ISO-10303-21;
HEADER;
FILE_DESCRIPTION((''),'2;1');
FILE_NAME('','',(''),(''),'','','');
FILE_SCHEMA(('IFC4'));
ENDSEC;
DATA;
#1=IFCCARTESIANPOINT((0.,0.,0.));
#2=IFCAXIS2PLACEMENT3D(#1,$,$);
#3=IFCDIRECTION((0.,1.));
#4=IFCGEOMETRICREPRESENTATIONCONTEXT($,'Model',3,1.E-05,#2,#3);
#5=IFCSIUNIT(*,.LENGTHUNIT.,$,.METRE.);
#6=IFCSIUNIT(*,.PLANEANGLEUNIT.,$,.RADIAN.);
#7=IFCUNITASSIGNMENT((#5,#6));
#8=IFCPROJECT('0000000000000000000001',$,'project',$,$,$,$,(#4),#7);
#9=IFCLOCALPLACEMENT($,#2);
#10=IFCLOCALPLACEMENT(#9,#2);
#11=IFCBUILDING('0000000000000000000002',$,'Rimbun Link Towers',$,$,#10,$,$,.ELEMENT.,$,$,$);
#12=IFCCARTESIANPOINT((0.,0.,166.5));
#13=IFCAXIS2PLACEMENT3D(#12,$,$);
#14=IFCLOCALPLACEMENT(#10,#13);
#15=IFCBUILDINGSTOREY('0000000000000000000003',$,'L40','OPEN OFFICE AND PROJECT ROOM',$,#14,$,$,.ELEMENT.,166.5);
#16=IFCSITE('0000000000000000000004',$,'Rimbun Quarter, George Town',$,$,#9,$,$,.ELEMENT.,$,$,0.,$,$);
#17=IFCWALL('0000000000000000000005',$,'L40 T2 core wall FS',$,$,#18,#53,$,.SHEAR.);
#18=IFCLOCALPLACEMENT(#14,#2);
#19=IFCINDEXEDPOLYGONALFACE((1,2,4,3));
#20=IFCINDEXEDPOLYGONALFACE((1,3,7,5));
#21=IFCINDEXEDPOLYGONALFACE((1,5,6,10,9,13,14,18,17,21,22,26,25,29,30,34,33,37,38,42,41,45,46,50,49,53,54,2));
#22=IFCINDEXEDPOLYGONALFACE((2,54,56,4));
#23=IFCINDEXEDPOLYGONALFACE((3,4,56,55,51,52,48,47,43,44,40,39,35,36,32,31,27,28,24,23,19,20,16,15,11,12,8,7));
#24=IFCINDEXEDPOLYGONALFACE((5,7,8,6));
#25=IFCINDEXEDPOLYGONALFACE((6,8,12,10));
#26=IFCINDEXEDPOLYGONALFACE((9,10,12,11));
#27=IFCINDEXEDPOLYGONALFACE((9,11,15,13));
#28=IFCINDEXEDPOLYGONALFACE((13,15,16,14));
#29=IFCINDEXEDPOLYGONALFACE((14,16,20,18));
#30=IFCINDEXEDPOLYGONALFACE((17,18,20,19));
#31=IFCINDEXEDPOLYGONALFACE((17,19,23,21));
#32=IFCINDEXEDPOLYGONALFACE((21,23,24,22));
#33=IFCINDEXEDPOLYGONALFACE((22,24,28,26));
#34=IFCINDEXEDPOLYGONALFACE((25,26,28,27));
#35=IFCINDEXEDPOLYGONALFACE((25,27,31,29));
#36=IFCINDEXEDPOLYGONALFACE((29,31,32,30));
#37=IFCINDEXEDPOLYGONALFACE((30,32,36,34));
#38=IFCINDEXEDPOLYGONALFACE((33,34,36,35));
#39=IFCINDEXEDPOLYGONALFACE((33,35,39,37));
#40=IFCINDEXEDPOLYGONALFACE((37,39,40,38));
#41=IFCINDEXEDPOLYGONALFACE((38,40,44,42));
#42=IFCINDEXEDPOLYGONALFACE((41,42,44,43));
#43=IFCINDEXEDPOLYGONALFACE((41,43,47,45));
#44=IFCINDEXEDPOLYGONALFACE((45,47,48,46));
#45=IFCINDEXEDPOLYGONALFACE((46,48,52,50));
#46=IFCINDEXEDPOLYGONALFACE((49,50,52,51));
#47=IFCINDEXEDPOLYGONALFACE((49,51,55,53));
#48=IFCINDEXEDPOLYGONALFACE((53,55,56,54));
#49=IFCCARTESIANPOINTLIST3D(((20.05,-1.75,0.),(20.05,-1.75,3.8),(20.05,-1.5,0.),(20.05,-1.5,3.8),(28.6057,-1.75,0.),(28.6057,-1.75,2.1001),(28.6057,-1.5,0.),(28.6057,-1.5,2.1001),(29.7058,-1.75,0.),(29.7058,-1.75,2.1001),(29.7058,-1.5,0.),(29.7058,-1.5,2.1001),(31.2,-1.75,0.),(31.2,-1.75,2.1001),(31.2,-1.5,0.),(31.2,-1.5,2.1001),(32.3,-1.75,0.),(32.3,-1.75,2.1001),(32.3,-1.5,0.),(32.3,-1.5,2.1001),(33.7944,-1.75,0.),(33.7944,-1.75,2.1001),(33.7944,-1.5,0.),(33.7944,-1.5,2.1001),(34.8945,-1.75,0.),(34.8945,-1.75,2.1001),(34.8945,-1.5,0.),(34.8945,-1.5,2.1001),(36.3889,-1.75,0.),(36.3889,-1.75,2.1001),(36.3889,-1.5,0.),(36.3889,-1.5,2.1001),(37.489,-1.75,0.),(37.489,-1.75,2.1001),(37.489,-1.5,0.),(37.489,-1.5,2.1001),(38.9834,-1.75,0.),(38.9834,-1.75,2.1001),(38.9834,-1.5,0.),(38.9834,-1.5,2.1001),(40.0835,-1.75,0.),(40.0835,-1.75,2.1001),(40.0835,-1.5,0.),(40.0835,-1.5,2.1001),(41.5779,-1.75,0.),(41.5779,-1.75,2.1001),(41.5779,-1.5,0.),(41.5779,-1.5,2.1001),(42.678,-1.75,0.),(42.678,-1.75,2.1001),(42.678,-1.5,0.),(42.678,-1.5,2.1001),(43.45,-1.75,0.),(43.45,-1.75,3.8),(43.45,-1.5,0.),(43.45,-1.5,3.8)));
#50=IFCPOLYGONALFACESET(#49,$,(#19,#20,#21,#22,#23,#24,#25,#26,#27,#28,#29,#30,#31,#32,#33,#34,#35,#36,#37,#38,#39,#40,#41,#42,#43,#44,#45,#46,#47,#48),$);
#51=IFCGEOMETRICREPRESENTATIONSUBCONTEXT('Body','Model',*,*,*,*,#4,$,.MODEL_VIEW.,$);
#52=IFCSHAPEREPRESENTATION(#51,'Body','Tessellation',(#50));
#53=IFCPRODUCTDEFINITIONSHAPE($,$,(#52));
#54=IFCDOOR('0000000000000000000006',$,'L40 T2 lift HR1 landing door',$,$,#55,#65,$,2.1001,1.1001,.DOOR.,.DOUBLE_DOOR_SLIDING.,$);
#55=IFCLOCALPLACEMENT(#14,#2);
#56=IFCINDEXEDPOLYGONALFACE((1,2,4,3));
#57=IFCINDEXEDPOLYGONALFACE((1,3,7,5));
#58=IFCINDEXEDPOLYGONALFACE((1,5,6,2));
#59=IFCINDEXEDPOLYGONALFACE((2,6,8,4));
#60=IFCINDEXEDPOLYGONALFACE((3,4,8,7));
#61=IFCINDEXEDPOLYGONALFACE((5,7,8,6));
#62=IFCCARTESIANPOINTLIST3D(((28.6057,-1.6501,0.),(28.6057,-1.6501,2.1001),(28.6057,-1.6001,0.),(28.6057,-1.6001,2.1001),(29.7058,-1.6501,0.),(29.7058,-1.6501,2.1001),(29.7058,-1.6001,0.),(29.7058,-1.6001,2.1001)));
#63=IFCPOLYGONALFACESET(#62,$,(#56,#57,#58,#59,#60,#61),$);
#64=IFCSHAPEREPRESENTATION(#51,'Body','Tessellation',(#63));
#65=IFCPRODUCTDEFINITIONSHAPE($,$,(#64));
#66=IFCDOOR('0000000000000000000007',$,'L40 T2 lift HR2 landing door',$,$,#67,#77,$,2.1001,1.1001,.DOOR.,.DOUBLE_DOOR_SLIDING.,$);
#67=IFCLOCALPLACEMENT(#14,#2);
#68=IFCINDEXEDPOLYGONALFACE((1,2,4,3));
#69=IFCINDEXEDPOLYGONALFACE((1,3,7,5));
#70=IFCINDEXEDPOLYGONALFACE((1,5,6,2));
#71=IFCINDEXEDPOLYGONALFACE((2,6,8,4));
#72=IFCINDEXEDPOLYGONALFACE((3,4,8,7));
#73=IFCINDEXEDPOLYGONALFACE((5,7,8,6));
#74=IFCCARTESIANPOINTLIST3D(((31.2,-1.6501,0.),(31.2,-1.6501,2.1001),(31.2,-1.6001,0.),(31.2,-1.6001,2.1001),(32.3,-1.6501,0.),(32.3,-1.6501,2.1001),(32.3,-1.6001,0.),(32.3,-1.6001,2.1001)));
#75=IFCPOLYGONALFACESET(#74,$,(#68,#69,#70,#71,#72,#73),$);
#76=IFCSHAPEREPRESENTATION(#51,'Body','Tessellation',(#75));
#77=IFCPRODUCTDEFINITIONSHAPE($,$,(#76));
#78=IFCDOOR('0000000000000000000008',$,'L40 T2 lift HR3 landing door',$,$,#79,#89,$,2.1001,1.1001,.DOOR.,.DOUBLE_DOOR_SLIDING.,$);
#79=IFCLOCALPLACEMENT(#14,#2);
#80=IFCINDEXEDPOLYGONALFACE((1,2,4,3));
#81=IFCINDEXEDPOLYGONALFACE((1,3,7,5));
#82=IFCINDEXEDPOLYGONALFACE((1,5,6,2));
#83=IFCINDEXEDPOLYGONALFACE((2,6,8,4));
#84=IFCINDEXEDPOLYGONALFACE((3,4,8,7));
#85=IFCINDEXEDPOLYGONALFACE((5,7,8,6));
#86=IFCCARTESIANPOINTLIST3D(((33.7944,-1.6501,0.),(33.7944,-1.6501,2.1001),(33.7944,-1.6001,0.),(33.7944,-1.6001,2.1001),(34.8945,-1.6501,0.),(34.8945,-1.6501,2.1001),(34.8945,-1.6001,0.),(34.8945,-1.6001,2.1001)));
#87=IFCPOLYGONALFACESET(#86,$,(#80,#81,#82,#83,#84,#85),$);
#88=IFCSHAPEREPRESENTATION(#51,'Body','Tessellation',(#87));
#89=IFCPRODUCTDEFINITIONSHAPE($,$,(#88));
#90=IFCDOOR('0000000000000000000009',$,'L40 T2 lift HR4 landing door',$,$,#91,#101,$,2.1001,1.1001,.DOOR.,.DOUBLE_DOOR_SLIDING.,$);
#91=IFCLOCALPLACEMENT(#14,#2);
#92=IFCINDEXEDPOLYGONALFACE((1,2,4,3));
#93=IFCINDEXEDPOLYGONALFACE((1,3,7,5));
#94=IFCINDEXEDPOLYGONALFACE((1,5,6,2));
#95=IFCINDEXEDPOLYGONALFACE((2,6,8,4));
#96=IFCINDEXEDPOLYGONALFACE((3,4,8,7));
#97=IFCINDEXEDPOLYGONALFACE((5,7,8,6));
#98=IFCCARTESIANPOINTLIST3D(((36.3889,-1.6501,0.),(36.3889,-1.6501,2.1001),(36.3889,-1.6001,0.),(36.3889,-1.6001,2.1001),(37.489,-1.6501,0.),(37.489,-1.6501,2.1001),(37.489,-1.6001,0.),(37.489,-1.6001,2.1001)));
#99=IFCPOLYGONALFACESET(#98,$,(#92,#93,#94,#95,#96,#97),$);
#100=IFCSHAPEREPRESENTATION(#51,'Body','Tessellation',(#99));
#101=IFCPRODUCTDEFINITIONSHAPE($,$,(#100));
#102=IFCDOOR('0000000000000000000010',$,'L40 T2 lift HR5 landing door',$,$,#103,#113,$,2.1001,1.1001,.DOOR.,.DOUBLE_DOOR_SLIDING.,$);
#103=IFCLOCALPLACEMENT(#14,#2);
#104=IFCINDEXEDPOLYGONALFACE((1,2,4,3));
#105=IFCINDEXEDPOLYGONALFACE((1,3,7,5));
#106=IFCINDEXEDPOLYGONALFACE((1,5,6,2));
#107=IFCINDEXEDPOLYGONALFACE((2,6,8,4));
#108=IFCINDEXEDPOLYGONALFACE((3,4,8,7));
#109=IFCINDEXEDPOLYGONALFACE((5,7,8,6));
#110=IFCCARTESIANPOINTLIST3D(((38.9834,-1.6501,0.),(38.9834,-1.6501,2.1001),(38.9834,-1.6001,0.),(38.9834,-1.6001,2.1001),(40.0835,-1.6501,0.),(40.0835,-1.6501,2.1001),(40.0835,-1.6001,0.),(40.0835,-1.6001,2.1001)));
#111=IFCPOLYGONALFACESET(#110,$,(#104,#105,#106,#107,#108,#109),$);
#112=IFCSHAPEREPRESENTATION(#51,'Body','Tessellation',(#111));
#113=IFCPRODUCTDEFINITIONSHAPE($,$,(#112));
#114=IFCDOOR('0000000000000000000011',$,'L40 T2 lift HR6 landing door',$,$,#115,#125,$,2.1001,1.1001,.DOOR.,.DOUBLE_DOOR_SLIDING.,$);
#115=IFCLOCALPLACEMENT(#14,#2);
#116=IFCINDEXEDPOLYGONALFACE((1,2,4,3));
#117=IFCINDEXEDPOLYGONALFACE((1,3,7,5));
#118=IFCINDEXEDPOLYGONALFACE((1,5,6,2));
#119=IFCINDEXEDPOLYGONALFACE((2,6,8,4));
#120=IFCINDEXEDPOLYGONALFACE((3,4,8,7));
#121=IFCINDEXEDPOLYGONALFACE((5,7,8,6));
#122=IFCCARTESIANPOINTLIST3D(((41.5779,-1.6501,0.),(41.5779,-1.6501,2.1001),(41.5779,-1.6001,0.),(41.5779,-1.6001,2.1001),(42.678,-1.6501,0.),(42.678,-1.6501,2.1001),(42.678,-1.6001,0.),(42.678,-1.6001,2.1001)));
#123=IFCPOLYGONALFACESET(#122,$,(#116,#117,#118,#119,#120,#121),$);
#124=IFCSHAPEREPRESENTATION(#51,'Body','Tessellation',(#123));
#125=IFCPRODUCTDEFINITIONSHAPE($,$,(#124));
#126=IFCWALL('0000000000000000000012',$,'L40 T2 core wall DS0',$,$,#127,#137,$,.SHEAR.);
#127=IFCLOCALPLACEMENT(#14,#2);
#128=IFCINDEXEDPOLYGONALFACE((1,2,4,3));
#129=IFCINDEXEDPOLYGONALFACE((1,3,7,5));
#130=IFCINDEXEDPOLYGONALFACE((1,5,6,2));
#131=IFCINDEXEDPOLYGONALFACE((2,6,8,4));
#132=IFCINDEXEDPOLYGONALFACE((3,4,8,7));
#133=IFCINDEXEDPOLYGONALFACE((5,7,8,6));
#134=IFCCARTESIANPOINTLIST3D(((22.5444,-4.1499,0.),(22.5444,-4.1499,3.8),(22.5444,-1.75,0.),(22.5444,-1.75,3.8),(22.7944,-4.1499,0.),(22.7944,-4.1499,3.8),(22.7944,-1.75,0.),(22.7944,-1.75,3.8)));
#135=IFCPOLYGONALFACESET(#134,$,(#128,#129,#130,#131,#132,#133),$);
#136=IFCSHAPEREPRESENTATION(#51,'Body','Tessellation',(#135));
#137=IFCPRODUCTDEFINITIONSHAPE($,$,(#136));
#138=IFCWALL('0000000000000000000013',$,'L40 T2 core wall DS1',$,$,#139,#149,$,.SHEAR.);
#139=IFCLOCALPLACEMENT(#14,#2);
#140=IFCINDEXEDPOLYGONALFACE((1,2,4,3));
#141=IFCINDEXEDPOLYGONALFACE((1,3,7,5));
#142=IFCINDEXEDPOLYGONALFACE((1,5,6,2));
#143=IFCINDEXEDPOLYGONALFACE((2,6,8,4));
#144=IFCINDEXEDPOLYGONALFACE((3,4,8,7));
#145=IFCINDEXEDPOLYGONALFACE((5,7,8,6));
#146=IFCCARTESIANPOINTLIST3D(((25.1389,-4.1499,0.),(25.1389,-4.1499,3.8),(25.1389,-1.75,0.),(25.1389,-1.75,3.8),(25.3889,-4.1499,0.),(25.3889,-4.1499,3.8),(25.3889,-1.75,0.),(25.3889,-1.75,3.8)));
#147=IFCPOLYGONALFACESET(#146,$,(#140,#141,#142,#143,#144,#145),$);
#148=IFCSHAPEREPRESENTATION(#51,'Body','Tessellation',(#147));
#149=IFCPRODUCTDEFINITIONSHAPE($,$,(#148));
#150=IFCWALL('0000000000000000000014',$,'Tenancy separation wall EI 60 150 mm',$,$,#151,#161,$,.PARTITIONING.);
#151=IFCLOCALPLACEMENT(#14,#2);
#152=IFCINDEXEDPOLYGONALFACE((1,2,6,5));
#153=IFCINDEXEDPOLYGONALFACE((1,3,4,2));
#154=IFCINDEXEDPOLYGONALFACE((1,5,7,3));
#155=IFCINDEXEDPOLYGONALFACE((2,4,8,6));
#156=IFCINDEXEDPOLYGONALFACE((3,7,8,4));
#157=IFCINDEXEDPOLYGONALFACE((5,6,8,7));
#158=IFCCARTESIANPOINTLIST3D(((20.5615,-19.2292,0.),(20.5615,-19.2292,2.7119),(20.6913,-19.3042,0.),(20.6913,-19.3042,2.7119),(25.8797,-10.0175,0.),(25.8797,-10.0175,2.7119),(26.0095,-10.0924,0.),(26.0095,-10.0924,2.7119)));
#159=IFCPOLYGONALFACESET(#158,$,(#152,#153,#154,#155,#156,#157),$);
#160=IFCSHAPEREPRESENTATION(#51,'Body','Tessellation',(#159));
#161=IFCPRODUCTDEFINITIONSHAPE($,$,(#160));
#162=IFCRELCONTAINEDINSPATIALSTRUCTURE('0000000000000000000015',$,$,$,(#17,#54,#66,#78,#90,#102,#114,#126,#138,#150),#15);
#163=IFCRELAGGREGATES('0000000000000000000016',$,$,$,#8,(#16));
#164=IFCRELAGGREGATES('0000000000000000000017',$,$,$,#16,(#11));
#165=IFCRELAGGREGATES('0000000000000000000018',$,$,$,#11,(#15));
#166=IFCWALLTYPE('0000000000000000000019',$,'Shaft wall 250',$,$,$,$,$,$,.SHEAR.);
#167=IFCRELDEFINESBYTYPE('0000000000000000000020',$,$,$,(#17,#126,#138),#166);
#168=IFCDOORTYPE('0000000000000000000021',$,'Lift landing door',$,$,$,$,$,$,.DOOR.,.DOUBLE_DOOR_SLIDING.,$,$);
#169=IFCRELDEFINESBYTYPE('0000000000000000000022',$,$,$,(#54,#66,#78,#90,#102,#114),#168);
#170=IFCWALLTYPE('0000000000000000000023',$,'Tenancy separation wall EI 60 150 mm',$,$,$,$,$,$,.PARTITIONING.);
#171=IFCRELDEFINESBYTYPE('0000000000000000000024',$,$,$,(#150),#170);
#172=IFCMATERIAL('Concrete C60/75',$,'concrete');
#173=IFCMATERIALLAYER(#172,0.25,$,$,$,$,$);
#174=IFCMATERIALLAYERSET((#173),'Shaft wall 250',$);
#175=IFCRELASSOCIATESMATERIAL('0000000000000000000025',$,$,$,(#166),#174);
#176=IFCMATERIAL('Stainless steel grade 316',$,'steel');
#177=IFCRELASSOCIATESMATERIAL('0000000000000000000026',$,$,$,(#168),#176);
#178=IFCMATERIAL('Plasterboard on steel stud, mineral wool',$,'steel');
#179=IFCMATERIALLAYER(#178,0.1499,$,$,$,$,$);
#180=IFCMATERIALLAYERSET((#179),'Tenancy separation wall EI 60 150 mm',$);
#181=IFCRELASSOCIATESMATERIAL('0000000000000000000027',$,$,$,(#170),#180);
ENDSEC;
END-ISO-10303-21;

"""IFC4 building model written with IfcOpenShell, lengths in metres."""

from ifc_helpers import new_model, si_unit, direction, frame, frame_2d, origin, place, context, subcontext, project, spatial, rectangle, extrude, material, layer, layer_set, type_object, element, fill, save


model = new_model("IFC4")

# Units and contexts
model_context = context("Model", 3, precision=1e-05, world=origin(), true_north=direction((0.0, 1.0)))
body_context = subcontext(model_context, "Body", "Model", "MODEL_VIEW")
ifc_project = project(units=[si_unit("LENGTHUNIT", "METRE"), si_unit("PLANEANGLEUNIT", "RADIAN")], contexts=[model_context])

# Site, building, storey
site_placement = place(None, origin())
site = spatial("IfcSite", under=ifc_project, at=site_placement, Name="Rimbun Quarter, George Town", CompositionType="ELEMENT", RefElevation=0.0)
building_placement = place(site_placement, origin())
building = spatial("IfcBuilding", under=site, at=building_placement, Name="Rimbun Link Towers", CompositionType="ELEMENT")
storey_placement = place(building_placement, frame((0.0, 0.0, 166.5)))
storey = spatial("IfcBuildingStorey", under=building, at=storey_placement, Name="L40", Description="OPEN OFFICE AND PROJECT ROOM", CompositionType="ELEMENT", Elevation=166.5)

# Wall, openings, doors
ifc_material_1 = material(Name="Concrete C60/75", Category="concrete")
ifc_layer_1 = layer(ifc_material_1, 0.25)
ifc_layer_set_1 = layer_set([ifc_layer_1], Name="Shaft wall 250")
wall_type_1 = type_object("IfcWallType", Name="Shaft wall 250", PredefinedType="SHEAR", material=ifc_layer_set_1)
wall_1_placement = place(storey_placement, frame((20.05, -1.625, 0.0), z_axis=(0.0, 0.0, 1.0), x_axis=(1.0, 0.0, 0.0)))
wall_1 = element("IfcWall", 1, at=wall_1_placement, inside=storey, type_object=wall_type_1, Name="L40 T2 core wall FS", PredefinedType="SHEAR", context=body_context, shape_type="SweptSolid", body=[
    extrude(rectangle(XDim=23.3999, YDim=0.25, at=frame_2d((11.7, 0.0))), origin(), (0.0, 0.0, 1.0), 3.8),
])
opening_1_placement = place(wall_1_placement, frame((8.5557, 0.0, 0.0)))
opening_1 = element("IfcOpeningElement", 2, at=opening_1_placement, cuts=wall_1, PredefinedType="OPENING", context=body_context, shape_type="SweptSolid", body=[
    extrude(rectangle(XDim=1.1001, YDim=2.1001, at=frame_2d((0.55, 1.05))), frame((0.0, 0.135, 0.0), z_axis=(0.0, -1.0, 0.0), x_axis=(1.0, 0.0, 0.0)), (0.0, 0.0, 1.0), 0.27),
])
opening_2_placement = place(wall_1_placement, frame((11.1499, 0.0, 0.0)))
opening_2 = element("IfcOpeningElement", 3, at=opening_2_placement, cuts=wall_1, PredefinedType="OPENING", context=body_context, shape_type="SweptSolid", body=[
    extrude(rectangle(XDim=1.1001, YDim=2.1001, at=frame_2d((0.55, 1.05))), frame((0.0, 0.135, 0.0), z_axis=(0.0, -1.0, 0.0), x_axis=(1.0, 0.0, 0.0)), (0.0, 0.0, 1.0), 0.27),
])
opening_3_placement = place(wall_1_placement, frame((13.7444, 0.0, 0.0)))
opening_3 = element("IfcOpeningElement", 4, at=opening_3_placement, cuts=wall_1, PredefinedType="OPENING", context=body_context, shape_type="SweptSolid", body=[
    extrude(rectangle(XDim=1.1001, YDim=2.1001, at=frame_2d((0.55, 1.05))), frame((0.0, 0.135, 0.0), z_axis=(0.0, -1.0, 0.0), x_axis=(1.0, 0.0, 0.0)), (0.0, 0.0, 1.0), 0.27),
])
opening_4_placement = place(wall_1_placement, frame((16.3389, 0.0, 0.0)))
opening_4 = element("IfcOpeningElement", 5, at=opening_4_placement, cuts=wall_1, PredefinedType="OPENING", context=body_context, shape_type="SweptSolid", body=[
    extrude(rectangle(XDim=1.1001, YDim=2.1001, at=frame_2d((0.55, 1.05))), frame((0.0, 0.135, 0.0), z_axis=(0.0, -1.0, 0.0), x_axis=(1.0, 0.0, 0.0)), (0.0, 0.0, 1.0), 0.27),
])
opening_5_placement = place(wall_1_placement, frame((18.9333, 0.0, 0.0)))
opening_5 = element("IfcOpeningElement", 6, at=opening_5_placement, cuts=wall_1, PredefinedType="OPENING", context=body_context, shape_type="SweptSolid", body=[
    extrude(rectangle(XDim=1.1001, YDim=2.1001, at=frame_2d((0.55, 1.05))), frame((0.0, 0.135, 0.0), z_axis=(0.0, -1.0, 0.0), x_axis=(1.0, 0.0, 0.0)), (0.0, 0.0, 1.0), 0.27),
])
opening_6_placement = place(wall_1_placement, frame((21.5278, 0.0, 0.0)))
opening_6 = element("IfcOpeningElement", 7, at=opening_6_placement, cuts=wall_1, PredefinedType="OPENING", context=body_context, shape_type="SweptSolid", body=[
    extrude(rectangle(XDim=1.1001, YDim=2.1001, at=frame_2d((0.55, 1.05))), frame((0.0, 0.135, 0.0), z_axis=(0.0, -1.0, 0.0), x_axis=(1.0, 0.0, 0.0)), (0.0, 0.0, 1.0), 0.27),
])
ifc_material_2 = material(Name="Stainless steel grade 316", Category="steel")
door_type = type_object("IfcDoorType", Name="Lift landing door", OperationType="DOUBLE_DOOR_SLIDING", PredefinedType="DOOR", material=ifc_material_2)
door_1_placement = place(opening_1_placement, origin())
door_1 = element("IfcDoor", 8, at=door_1_placement, inside=storey, type_object=door_type, Name="L40 T2 lift HR1 landing door", OperationType="DOUBLE_DOOR_SLIDING", OverallHeight=2.1001, OverallWidth=1.1001, PredefinedType="DOOR", context=body_context, shape_type="SweptSolid", body=[
    extrude(rectangle(XDim=1.1001, YDim=2.1001, at=frame_2d((0.55, 1.05))), frame((0.0, 0.0249, 0.0), z_axis=(0.0, -1.0, 0.0), x_axis=(1.0, 0.0, 0.0)), (0.0, 0.0, 1.0), 0.05),
])
fill(opening_1, door_1)
door_2_placement = place(opening_2_placement, origin())
door_2 = element("IfcDoor", 9, at=door_2_placement, inside=storey, type_object=door_type, Name="L40 T2 lift HR2 landing door", OperationType="DOUBLE_DOOR_SLIDING", OverallHeight=2.1001, OverallWidth=1.1001, PredefinedType="DOOR", context=body_context, shape_type="SweptSolid", body=[
    extrude(rectangle(XDim=1.1001, YDim=2.1001, at=frame_2d((0.55, 1.05))), frame((0.0, 0.0249, 0.0), z_axis=(0.0, -1.0, 0.0), x_axis=(1.0, 0.0, 0.0)), (0.0, 0.0, 1.0), 0.05),
])
fill(opening_2, door_2)
door_3_placement = place(opening_3_placement, origin())
door_3 = element("IfcDoor", 10, at=door_3_placement, inside=storey, type_object=door_type, Name="L40 T2 lift HR3 landing door", OperationType="DOUBLE_DOOR_SLIDING", OverallHeight=2.1001, OverallWidth=1.1001, PredefinedType="DOOR", context=body_context, shape_type="SweptSolid", body=[
    extrude(rectangle(XDim=1.1001, YDim=2.1001, at=frame_2d((0.55, 1.05))), frame((0.0, 0.0249, 0.0), z_axis=(0.0, -1.0, 0.0), x_axis=(1.0, 0.0, 0.0)), (0.0, 0.0, 1.0), 0.05),
])
fill(opening_3, door_3)
door_4_placement = place(opening_4_placement, origin())
door_4 = element("IfcDoor", 11, at=door_4_placement, inside=storey, type_object=door_type, Name="L40 T2 lift HR4 landing door", OperationType="DOUBLE_DOOR_SLIDING", OverallHeight=2.1001, OverallWidth=1.1001, PredefinedType="DOOR", context=body_context, shape_type="SweptSolid", body=[
    extrude(rectangle(XDim=1.1001, YDim=2.1001, at=frame_2d((0.55, 1.05))), frame((0.0, 0.0249, 0.0), z_axis=(0.0, -1.0, 0.0), x_axis=(1.0, 0.0, 0.0)), (0.0, 0.0, 1.0), 0.05),
])
fill(opening_4, door_4)
door_5_placement = place(opening_5_placement, origin())
door_5 = element("IfcDoor", 12, at=door_5_placement, inside=storey, type_object=door_type, Name="L40 T2 lift HR5 landing door", OperationType="DOUBLE_DOOR_SLIDING", OverallHeight=2.1001, OverallWidth=1.1001, PredefinedType="DOOR", context=body_context, shape_type="SweptSolid", body=[
    extrude(rectangle(XDim=1.1001, YDim=2.1001, at=frame_2d((0.55, 1.05))), frame((0.0, 0.0249, 0.0), z_axis=(0.0, -1.0, 0.0), x_axis=(1.0, 0.0, 0.0)), (0.0, 0.0, 1.0), 0.05),
])
fill(opening_5, door_5)
door_6_placement = place(opening_6_placement, origin())
door_6 = element("IfcDoor", 13, at=door_6_placement, inside=storey, type_object=door_type, Name="L40 T2 lift HR6 landing door", OperationType="DOUBLE_DOOR_SLIDING", OverallHeight=2.1001, OverallWidth=1.1001, PredefinedType="DOOR", context=body_context, shape_type="SweptSolid", body=[
    extrude(rectangle(XDim=1.1001, YDim=2.1001, at=frame_2d((0.55, 1.05))), frame((0.0, 0.0249, 0.0), z_axis=(0.0, -1.0, 0.0), x_axis=(1.0, 0.0, 0.0)), (0.0, 0.0, 1.0), 0.05),
])
fill(opening_6, door_6)

# Walls
for number, where, z_axis, x_axis, name in (
    (14, (22.6694, -4.1499, 0.0), (0.0, 0.0, 1.0), (0.0, 1.0, 0.0), "L40 T2 core wall DS0"),
    (15, (25.2639, -4.1499, 0.0), (0.0, 0.0, 1.0), (0.0, 1.0, 0.0), "L40 T2 core wall DS1"),
):
    element("IfcWall", number, at=place(storey_placement, frame(where, z_axis=z_axis, x_axis=x_axis)), inside=storey, type_object=wall_type_1, Name=name, PredefinedType="SHEAR", context=body_context, shape_type="SweptSolid", body=[
        extrude(rectangle(XDim=2.3999, YDim=0.25, at=frame_2d((1.2, 0.0))), origin(), (0.0, 0.0, 1.0), 3.8),
    ])
ifc_material_3 = material(Name="Plasterboard on steel stud, mineral wool", Category="steel")
ifc_layer_2 = layer(ifc_material_3, 0.1499)
ifc_layer_set_2 = layer_set([ifc_layer_2], Name="Tenancy separation wall EI 60 150 mm")
wall_type_2 = type_object("IfcWallType", Name="Tenancy separation wall EI 60 150 mm", PredefinedType="PARTITIONING", material=ifc_layer_set_2)
wall_2_placement = place(storey_placement, frame((25.9446, -10.0549, 0.0), z_axis=(0.0, 0.0, 1.0), x_axis=(-0.499983, -0.866035, 0.0)))
element("IfcWall", 16, at=wall_2_placement, inside=storey, type_object=wall_type_2, Name="Tenancy separation wall EI 60 150 mm", PredefinedType="PARTITIONING", context=body_context, shape_type="SweptSolid", body=[
    extrude(rectangle(XDim=10.6367, YDim=0.1499, at=frame_2d((5.3184, 0.0))), origin(), (0.0, 0.0, 1.0), 2.7119),
])

save(model, "model.ifc")
